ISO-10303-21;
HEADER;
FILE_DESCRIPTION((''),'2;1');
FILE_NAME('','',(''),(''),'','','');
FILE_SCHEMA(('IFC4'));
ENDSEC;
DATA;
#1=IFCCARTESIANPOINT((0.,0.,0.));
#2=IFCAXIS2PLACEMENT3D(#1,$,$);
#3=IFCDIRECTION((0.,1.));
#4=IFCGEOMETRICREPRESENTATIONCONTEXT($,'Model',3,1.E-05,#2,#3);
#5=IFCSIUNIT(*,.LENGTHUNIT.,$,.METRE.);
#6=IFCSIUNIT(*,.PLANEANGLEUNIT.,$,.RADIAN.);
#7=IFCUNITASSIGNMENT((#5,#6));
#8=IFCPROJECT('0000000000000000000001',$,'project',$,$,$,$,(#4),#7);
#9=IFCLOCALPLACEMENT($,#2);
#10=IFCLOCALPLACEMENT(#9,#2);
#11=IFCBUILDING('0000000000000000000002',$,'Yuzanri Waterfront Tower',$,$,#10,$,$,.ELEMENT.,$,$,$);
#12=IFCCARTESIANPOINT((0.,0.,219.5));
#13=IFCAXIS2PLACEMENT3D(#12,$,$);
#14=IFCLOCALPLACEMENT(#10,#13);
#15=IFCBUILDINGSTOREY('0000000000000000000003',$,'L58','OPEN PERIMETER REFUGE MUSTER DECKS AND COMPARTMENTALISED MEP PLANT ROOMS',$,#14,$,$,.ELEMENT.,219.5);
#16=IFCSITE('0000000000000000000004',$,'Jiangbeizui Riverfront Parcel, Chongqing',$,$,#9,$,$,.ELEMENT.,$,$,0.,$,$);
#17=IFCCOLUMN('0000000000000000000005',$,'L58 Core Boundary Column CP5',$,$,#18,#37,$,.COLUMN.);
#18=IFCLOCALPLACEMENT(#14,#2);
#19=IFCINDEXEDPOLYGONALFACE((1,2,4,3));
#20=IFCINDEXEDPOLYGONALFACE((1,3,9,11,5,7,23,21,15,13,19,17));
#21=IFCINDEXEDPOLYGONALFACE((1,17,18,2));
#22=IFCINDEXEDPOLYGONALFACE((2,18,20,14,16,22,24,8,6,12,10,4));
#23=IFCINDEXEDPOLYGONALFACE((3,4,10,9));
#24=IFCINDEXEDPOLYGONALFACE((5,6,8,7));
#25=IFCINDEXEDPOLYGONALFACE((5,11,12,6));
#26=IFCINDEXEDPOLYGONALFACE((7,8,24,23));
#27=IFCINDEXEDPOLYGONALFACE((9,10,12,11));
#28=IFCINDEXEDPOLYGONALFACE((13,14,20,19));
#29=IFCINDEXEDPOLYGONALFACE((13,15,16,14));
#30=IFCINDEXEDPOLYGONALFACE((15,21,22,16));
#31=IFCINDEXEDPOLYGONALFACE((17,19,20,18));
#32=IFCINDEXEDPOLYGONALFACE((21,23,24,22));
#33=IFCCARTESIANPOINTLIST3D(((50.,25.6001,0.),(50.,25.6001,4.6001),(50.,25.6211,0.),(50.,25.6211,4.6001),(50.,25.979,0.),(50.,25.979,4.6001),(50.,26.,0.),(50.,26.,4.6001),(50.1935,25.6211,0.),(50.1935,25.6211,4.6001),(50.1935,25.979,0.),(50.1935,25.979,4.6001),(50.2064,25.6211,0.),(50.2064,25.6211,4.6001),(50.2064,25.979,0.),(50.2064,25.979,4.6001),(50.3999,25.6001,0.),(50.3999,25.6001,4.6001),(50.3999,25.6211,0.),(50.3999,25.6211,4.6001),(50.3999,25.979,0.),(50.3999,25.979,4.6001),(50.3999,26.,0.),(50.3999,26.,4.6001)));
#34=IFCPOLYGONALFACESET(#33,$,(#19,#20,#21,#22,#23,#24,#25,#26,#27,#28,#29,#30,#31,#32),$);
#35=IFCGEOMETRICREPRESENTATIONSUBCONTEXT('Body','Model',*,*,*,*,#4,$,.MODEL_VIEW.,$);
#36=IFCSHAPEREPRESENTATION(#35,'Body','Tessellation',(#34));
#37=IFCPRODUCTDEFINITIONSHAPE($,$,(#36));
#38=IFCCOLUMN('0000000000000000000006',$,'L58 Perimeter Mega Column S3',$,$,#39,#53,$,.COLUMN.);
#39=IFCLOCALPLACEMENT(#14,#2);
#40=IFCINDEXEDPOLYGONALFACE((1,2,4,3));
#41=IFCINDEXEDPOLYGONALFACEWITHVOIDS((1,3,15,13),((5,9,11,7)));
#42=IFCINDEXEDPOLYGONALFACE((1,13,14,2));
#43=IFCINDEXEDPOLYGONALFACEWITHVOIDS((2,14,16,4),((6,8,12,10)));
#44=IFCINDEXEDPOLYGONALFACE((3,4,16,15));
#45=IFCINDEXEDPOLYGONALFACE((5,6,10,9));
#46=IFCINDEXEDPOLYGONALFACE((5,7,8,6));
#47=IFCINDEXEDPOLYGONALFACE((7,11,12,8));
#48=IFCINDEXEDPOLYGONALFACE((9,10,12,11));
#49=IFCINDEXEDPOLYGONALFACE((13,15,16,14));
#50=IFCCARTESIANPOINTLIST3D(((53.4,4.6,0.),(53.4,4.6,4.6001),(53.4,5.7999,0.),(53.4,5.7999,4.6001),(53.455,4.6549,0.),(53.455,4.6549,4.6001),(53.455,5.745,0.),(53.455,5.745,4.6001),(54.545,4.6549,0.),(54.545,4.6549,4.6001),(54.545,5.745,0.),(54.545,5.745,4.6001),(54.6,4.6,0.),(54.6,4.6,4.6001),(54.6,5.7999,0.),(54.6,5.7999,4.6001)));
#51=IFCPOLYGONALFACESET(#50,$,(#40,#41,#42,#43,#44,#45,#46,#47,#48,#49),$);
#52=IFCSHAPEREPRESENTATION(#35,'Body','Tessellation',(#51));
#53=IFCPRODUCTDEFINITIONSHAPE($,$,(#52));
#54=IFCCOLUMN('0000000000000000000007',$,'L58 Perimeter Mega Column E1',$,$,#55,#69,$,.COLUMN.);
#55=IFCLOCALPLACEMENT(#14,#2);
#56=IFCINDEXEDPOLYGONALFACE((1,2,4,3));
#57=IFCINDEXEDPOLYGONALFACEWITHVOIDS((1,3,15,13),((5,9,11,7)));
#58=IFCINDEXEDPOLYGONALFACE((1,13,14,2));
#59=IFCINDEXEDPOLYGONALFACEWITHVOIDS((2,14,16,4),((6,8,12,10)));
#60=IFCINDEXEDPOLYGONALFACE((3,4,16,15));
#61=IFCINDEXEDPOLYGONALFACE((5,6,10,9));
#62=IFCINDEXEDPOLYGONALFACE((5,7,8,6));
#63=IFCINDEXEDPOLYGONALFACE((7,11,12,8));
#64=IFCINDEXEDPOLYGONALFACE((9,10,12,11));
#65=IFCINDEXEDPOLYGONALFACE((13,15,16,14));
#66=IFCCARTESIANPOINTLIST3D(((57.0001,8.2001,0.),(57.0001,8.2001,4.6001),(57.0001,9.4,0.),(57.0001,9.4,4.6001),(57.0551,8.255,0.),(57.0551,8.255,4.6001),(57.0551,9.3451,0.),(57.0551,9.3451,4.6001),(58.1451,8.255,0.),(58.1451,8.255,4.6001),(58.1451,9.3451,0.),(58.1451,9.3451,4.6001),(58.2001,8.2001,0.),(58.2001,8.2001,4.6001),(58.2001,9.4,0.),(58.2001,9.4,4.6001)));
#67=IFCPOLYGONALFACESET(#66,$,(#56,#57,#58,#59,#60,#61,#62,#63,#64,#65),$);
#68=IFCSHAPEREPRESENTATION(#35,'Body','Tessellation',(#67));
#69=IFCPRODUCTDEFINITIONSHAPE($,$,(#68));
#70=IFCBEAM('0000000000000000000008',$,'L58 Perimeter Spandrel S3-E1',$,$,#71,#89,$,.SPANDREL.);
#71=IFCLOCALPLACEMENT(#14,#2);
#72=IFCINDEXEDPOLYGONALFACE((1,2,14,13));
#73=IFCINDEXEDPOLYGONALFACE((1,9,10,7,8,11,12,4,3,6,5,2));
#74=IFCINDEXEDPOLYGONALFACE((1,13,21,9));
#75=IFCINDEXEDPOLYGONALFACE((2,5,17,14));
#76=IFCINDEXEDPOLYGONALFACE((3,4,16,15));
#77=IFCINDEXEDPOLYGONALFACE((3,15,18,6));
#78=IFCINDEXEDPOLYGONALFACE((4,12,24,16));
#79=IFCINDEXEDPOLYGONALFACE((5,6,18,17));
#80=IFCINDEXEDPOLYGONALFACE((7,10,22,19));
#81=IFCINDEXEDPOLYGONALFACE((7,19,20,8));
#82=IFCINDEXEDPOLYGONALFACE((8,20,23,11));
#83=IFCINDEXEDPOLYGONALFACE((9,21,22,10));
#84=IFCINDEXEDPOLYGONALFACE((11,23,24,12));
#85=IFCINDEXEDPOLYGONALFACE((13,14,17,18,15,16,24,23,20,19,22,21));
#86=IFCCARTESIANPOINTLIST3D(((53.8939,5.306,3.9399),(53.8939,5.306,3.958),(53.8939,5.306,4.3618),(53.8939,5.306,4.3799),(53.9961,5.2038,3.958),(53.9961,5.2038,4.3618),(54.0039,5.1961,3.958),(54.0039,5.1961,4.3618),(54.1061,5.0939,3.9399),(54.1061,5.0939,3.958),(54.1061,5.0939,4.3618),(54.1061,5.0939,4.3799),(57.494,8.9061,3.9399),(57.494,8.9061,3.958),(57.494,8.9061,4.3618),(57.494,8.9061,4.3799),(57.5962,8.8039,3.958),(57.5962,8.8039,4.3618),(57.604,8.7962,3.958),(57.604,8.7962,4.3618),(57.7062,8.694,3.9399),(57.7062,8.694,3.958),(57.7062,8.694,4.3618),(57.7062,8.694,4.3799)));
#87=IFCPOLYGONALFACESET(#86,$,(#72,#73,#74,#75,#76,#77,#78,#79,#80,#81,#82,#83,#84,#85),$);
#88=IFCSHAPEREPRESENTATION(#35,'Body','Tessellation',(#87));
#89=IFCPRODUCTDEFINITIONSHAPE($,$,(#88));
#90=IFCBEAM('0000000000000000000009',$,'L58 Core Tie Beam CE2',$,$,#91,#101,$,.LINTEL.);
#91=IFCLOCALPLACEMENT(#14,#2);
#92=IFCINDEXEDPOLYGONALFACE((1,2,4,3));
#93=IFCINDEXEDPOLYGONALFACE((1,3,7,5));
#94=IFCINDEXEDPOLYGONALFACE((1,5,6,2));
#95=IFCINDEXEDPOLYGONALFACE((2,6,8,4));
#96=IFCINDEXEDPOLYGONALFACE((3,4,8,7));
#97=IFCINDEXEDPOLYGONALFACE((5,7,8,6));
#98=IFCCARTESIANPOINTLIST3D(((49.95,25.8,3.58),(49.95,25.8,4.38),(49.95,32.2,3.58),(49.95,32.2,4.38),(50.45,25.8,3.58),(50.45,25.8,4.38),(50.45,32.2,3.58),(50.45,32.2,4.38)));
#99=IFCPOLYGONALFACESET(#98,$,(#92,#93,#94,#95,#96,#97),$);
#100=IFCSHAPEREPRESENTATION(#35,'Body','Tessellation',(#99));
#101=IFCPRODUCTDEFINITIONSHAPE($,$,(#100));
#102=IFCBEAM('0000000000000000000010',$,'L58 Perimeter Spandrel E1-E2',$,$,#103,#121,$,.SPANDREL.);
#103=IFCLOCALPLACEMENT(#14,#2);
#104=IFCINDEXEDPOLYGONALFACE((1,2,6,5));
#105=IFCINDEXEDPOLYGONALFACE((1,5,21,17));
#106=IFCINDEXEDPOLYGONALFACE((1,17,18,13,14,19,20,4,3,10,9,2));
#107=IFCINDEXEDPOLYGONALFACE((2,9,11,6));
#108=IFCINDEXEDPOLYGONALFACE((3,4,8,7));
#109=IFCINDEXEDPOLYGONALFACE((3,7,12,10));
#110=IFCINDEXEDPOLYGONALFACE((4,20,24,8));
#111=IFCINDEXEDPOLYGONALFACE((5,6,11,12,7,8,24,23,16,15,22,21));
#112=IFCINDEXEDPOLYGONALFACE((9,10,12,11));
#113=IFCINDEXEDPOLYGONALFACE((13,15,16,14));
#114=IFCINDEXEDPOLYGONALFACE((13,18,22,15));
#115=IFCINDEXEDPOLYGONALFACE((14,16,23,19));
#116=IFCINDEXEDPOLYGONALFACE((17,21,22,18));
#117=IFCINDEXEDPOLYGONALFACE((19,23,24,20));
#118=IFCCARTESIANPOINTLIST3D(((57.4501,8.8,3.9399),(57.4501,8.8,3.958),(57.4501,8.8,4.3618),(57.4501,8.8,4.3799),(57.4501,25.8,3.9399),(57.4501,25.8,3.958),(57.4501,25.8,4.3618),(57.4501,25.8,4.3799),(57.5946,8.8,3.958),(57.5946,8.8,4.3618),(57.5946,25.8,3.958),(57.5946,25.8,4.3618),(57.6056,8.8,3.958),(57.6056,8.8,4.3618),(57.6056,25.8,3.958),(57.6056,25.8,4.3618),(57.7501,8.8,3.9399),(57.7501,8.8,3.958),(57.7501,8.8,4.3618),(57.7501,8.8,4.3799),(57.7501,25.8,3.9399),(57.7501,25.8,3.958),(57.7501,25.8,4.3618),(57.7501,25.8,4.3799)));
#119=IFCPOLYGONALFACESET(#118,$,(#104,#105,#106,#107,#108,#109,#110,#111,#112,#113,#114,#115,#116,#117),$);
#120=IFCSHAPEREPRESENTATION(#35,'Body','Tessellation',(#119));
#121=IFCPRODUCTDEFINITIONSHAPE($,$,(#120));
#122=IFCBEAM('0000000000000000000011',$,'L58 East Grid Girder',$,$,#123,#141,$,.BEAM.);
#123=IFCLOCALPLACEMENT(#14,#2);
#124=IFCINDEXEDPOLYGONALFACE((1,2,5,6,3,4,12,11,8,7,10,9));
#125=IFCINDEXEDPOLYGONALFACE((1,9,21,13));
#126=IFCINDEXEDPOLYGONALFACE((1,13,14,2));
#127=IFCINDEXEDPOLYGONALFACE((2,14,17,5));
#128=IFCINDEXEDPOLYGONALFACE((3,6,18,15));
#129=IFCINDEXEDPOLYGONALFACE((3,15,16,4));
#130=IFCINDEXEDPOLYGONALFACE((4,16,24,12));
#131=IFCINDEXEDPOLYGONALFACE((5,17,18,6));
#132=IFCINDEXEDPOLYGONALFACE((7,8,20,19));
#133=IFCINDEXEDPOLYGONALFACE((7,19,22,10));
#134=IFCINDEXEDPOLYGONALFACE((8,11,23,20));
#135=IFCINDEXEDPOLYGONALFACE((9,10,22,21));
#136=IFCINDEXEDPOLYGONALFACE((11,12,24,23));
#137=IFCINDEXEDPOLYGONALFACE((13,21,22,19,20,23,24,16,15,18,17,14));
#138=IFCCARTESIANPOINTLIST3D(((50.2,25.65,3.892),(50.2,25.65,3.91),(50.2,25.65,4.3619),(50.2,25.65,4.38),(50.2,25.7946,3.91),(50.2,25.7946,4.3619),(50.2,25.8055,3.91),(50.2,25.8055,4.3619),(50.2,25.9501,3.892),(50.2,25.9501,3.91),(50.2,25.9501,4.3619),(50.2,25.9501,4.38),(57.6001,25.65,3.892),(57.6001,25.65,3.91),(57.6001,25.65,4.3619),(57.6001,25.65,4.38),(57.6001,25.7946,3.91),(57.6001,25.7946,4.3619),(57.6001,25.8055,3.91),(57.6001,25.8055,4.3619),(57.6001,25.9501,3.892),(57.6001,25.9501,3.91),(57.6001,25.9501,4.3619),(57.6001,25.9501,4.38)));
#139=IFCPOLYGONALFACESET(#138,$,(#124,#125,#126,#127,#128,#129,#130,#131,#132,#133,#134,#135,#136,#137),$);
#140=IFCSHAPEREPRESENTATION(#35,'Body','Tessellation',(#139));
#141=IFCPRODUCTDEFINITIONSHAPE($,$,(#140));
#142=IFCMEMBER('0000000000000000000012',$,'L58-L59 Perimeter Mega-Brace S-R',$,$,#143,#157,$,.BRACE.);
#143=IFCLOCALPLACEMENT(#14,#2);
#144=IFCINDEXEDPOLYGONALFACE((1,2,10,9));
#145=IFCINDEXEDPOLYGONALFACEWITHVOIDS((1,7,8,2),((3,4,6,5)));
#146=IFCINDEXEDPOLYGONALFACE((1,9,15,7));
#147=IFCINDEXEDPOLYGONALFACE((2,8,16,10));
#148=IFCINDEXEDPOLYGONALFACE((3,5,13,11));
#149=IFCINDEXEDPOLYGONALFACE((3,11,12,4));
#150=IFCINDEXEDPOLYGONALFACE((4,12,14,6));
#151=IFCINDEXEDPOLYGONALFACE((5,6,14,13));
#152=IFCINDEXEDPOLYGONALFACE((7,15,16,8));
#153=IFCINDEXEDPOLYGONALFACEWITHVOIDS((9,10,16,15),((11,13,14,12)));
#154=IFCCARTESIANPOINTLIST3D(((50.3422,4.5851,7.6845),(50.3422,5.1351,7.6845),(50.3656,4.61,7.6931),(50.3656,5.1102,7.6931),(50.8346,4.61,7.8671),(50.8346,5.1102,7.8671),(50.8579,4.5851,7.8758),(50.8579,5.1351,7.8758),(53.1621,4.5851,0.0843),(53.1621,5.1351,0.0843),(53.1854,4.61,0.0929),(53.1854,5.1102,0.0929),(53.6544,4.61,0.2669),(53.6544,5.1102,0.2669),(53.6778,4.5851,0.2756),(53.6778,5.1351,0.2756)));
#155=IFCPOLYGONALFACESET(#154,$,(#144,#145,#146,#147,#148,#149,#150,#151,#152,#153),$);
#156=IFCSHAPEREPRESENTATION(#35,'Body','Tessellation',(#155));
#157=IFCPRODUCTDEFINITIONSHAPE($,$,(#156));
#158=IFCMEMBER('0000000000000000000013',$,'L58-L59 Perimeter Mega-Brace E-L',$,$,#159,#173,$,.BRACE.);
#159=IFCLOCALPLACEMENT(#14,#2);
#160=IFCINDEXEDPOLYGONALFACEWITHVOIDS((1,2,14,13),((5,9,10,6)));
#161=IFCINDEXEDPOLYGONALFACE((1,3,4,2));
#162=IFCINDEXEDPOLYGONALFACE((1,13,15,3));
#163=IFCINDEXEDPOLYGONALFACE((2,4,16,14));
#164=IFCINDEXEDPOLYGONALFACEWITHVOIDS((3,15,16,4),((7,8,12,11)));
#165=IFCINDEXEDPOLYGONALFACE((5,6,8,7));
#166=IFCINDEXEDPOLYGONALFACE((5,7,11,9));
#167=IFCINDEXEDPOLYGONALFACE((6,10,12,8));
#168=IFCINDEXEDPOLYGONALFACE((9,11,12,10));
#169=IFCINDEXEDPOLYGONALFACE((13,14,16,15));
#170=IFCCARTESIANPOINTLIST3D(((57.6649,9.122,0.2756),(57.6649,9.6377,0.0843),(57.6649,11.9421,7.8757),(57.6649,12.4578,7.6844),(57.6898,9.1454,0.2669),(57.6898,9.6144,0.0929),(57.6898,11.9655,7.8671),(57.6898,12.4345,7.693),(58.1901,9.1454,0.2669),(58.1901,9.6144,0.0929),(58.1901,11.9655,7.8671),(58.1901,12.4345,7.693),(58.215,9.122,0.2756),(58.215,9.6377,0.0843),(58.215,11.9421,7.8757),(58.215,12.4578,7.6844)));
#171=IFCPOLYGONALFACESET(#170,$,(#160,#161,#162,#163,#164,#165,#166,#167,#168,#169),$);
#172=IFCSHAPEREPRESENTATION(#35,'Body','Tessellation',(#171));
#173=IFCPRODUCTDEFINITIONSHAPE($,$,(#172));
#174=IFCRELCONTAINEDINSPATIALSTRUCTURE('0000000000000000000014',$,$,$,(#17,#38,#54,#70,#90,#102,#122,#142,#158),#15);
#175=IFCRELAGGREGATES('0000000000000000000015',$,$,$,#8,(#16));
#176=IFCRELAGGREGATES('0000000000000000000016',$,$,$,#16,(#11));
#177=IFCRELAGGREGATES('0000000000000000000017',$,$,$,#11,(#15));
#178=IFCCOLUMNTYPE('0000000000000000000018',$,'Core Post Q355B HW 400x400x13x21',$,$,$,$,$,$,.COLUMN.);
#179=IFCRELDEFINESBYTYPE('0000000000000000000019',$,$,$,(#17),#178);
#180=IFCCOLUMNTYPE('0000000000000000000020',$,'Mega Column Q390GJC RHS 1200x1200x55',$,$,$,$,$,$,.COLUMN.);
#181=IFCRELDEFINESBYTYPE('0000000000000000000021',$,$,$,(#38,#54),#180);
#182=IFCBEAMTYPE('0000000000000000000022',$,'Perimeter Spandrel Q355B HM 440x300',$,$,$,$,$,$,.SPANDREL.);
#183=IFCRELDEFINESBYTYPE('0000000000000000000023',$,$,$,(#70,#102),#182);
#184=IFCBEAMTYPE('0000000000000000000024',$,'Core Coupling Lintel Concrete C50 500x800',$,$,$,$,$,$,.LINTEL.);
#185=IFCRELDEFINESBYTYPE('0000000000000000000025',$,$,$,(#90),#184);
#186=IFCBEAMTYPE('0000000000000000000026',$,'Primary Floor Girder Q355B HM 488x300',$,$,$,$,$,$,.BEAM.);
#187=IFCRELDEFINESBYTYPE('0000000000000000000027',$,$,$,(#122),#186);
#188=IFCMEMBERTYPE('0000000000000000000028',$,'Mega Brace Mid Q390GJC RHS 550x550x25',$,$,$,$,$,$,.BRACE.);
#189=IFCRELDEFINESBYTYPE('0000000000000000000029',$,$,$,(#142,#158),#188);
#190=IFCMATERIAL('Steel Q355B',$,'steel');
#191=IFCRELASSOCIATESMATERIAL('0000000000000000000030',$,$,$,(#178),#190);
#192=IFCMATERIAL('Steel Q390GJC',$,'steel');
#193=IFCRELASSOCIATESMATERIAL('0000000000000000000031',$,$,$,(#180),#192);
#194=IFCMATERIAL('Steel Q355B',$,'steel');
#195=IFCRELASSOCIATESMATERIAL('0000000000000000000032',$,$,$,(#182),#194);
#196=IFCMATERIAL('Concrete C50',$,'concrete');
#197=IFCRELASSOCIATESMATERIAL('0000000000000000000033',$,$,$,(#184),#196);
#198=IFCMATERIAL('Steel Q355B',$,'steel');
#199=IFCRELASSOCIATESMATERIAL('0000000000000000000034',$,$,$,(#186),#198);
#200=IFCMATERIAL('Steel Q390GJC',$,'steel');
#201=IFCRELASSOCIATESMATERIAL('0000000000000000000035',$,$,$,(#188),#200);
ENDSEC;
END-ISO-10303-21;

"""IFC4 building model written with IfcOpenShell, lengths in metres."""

from ifc_helpers import new_model, si_unit, direction, frame, origin, origin_2d, place, context, subcontext, project, spatial, rectangle, hollow_rectangle, i_section, extrude, source, transform, mapped, material, material_profile, profile_set, type_object, element, save


model = new_model("IFC4")

# Units and contexts
model_context = context("Model", 3, precision=1e-05, world=origin(), true_north=direction((0.0, 1.0)))
body_context = subcontext(model_context, "Body", "Model", "MODEL_VIEW")
ifc_project = project(units=[si_unit("LENGTHUNIT", "METRE"), si_unit("PLANEANGLEUNIT", "RADIAN")], contexts=[model_context])

# Site, building, storey
site_placement = place(None, origin())
site = spatial("IfcSite", under=ifc_project, at=site_placement, Name="Jiangbeizui Riverfront Parcel, Chongqing", CompositionType="ELEMENT", RefElevation=0.0)
building_placement = place(site_placement, origin())
building = spatial("IfcBuilding", under=site, at=building_placement, Name="Yuzanri Waterfront Tower", CompositionType="ELEMENT")
storey_placement = place(building_placement, frame((0.0, 0.0, 219.5)))
storey = spatial("IfcBuildingStorey", under=building, at=storey_placement, Name="L58", Description="OPEN PERIMETER REFUGE MUSTER DECKS AND COMPARTMENTALISED MEP PLANT ROOMS", CompositionType="ELEMENT", Elevation=219.5)

# Columns
ifc_material_1 = material(Name="Steel Q355B", Category="steel")
ifc_material_profile_1 = material_profile(ifc_material_1, i_section(OverallWidth=0.3999, OverallDepth=0.3999, WebThickness=0.0129, FlangeThickness=0.021, at=origin_2d()), Name="HW 400x400x13x21")
ifc_profile_set_1 = profile_set([ifc_material_profile_1], Name="Steel Q355B")
column_type_1 = type_object("IfcColumnType", Name="Core Post Q355B HW 400x400x13x21", PredefinedType="COLUMN", material=ifc_profile_set_1)
shared_shape_1 = source(origin(), body_context, "Body", "SweptSolid", [
    extrude(i_section(OverallWidth=0.3999, OverallDepth=0.3999, WebThickness=0.0129, FlangeThickness=0.021, at=origin_2d()), origin(), (0.0, 0.0, 1.0), 4.6001),
])
column_placement = place(storey_placement, frame((50.2, 25.8, 0.0), z_axis=(0.0, 0.0, 1.0), x_axis=(1.0, 0.0, 0.0)))
element("IfcColumn", 1, at=column_placement, inside=storey, type_object=column_type_1, Name="L58 Core Boundary Column CP5", PredefinedType="COLUMN", context=body_context, shape_type="MappedRepresentation", body=[
    mapped(shared_shape_1, transform((0.0, 0.0, 0.0), scale=1.0)),
])
ifc_material_2 = material(Name="Steel Q390GJC", Category="steel")
ifc_material_profile_2 = material_profile(ifc_material_2, hollow_rectangle(XDim=1.2, YDim=1.2, WallThickness=0.0549, at=origin_2d()), Name="RHS 1200x1200x55")
ifc_profile_set_2 = profile_set([ifc_material_profile_2], Name="Steel Q390GJC")
column_type_2 = type_object("IfcColumnType", Name="Mega Column Q390GJC RHS 1200x1200x55", PredefinedType="COLUMN", material=ifc_profile_set_2)
shared_shape_2 = source(origin(), body_context, "Body", "SweptSolid", [
    extrude(hollow_rectangle(XDim=1.2, YDim=1.2, WallThickness=0.0549, at=origin_2d()), origin(), (0.0, 0.0, 1.0), 4.6001),
])
for number, where, z_axis, x_axis, name in (
    (2, (54.0, 5.2, 0.0), (0.0, 0.0, 1.0), (1.0, 0.0, 0.0), "L58 Perimeter Mega Column S3"),
    (3, (57.6001, 8.8, 0.0), (0.0, 0.0, 1.0), (1.0, 0.0, 0.0), "L58 Perimeter Mega Column E1"),
):
    element("IfcColumn", number, at=place(storey_placement, frame(where, z_axis=z_axis, x_axis=x_axis)), inside=storey, type_object=column_type_2, Name=name, PredefinedType="COLUMN", context=body_context, shape_type="MappedRepresentation", body=[
        mapped(shared_shape_2, transform((0.0, 0.0, 0.0), scale=1.0)),
    ])

# Beams
ifc_material_3 = material(Name="Steel Q355B", Category="steel")
ifc_material_profile_3 = material_profile(ifc_material_3, i_section(OverallWidth=0.3, OverallDepth=0.4399, WebThickness=0.011, FlangeThickness=0.0181, at=origin_2d()), Name="HM 440x300x11x18")
ifc_profile_set_3 = profile_set([ifc_material_profile_3], Name="Steel Q355B")
beam_type_1 = type_object("IfcBeamType", Name="Perimeter Spandrel Q355B HM 440x300", PredefinedType="SPANDREL", material=ifc_profile_set_3)
shared_shape_3 = source(origin(), body_context, "Body", "SweptSolid", [
    extrude(i_section(OverallWidth=0.3, OverallDepth=0.4399, WebThickness=0.011, FlangeThickness=0.0181, at=origin_2d()), origin(), (0.0, 0.0, 1.0), 5.0913),
])
beam_1_placement = place(storey_placement, frame((54.0, 5.2, 4.1599), z_axis=(0.707107, 0.707107, 0.0), x_axis=(-0.707107, 0.707107, 0.0)))
element("IfcBeam", 4, at=beam_1_placement, inside=storey, type_object=beam_type_1, Name="L58 Perimeter Spandrel S3-E1", PredefinedType="SPANDREL", context=body_context, shape_type="MappedRepresentation", body=[
    mapped(shared_shape_3, transform((0.0, 0.0, 0.0), scale=1.0)),
])
ifc_material_4 = material(Name="Concrete C50", Category="concrete")
ifc_material_profile_4 = material_profile(ifc_material_4, rectangle(XDim=0.5, YDim=0.8, at=origin_2d()), Name="RC 500x800")
ifc_profile_set_4 = profile_set([ifc_material_profile_4], Name="Concrete C50")
beam_type_2 = type_object("IfcBeamType", Name="Core Coupling Lintel Concrete C50 500x800", PredefinedType="LINTEL", material=ifc_profile_set_4)
shared_shape_4 = source(origin(), body_context, "Body", "SweptSolid", [
    extrude(rectangle(XDim=0.5, YDim=0.8, at=origin_2d()), origin(), (0.0, 0.0, 1.0), 6.3999),
])
beam_2_placement = place(storey_placement, frame((50.2, 25.8, 3.98), z_axis=(0.0, 1.0, 0.0), x_axis=(-1.0, 0.0, 0.0)))
element("IfcBeam", 5, at=beam_2_placement, inside=storey, type_object=beam_type_2, Name="L58 Core Tie Beam CE2", PredefinedType="LINTEL", context=body_context, shape_type="MappedRepresentation", body=[
    mapped(shared_shape_4, transform((0.0, 0.0, 0.0), scale=1.0)),
])
shared_shape_5 = source(origin(), body_context, "Body", "SweptSolid", [
    extrude(i_section(OverallWidth=0.3, OverallDepth=0.4399, WebThickness=0.011, FlangeThickness=0.0181, at=origin_2d()), origin(), (0.0, 0.0, 1.0), 17.0),
])
beam_3_placement = place(storey_placement, frame((57.6001, 8.8, 4.1599), z_axis=(0.0, 1.0, 0.0), x_axis=(-1.0, 0.0, 0.0)))
element("IfcBeam", 6, at=beam_3_placement, inside=storey, type_object=beam_type_1, Name="L58 Perimeter Spandrel E1-E2", PredefinedType="SPANDREL", context=body_context, shape_type="MappedRepresentation", body=[
    mapped(shared_shape_5, transform((0.0, 0.0, 0.0), scale=1.0)),
])
ifc_material_5 = material(Name="Steel Q355B", Category="steel")
ifc_material_profile_5 = material_profile(ifc_material_5, i_section(OverallWidth=0.3, OverallDepth=0.488, WebThickness=0.011, FlangeThickness=0.0181, at=origin_2d()), Name="HM 488x300x11x18")
ifc_profile_set_5 = profile_set([ifc_material_profile_5], Name="Steel Q355B")
beam_type_3 = type_object("IfcBeamType", Name="Primary Floor Girder Q355B HM 488x300", PredefinedType="BEAM", material=ifc_profile_set_5)
shared_shape_6 = source(origin(), body_context, "Body", "SweptSolid", [
    extrude(i_section(OverallWidth=0.3, OverallDepth=0.488, WebThickness=0.011, FlangeThickness=0.0181, at=origin_2d()), origin(), (0.0, 0.0, 1.0), 7.4001),
])
beam_4_placement = place(storey_placement, frame((50.2, 25.8, 4.136), z_axis=(1.0, 0.0, 0.0), x_axis=(0.0, 1.0, 0.0)))
element("IfcBeam", 7, at=beam_4_placement, inside=storey, type_object=beam_type_3, Name="L58 East Grid Girder", PredefinedType="BEAM", context=body_context, shape_type="MappedRepresentation", body=[
    mapped(shared_shape_6, transform((0.0, 0.0, 0.0), scale=1.0)),
])

# Members
ifc_material_6 = material(Name="Steel Q390GJC", Category="steel")
ifc_material_profile_6 = material_profile(ifc_material_6, hollow_rectangle(XDim=0.55, YDim=0.55, WallThickness=0.0249, at=origin_2d()), Name="RHS 550x550x25")
ifc_profile_set_6 = profile_set([ifc_material_profile_6], Name="Steel Q390GJC")
member_type_1 = type_object("IfcMemberType", Name="Mega Brace Mid Q390GJC RHS 550x550x25", PredefinedType="BRACE", material=ifc_profile_set_6)
shared_shape_7 = source(origin(), body_context, "Body", "SweptSolid", [
    extrude(hollow_rectangle(XDim=0.55, YDim=0.55, WallThickness=0.0249, at=origin_2d()), origin(), (0.0, 0.0, 1.0), 8.1064),
])
for number, where, z_axis, x_axis, name in (
    (8, (53.4199, 4.8601, 0.1799), (-0.347854, 0.0, 0.937549), (0.0, -1.0, 0.0), "L58-L59 Perimeter Mega-Brace S-R"),
    (9, (57.9399, 9.3799, 0.1799), (0.0, 0.34788, 0.937539), (-1.0, 0.0, 0.0), "L58-L59 Perimeter Mega-Brace E-L"),
):
    element("IfcMember", number, at=place(storey_placement, frame(where, z_axis=z_axis, x_axis=x_axis)), inside=storey, type_object=member_type_1, Name=name, PredefinedType="BRACE", context=body_context, shape_type="MappedRepresentation", body=[
        mapped(shared_shape_7, transform((0.0, 0.0, 0.0), scale=1.0)),
    ])

save(model, "model.ifc")
